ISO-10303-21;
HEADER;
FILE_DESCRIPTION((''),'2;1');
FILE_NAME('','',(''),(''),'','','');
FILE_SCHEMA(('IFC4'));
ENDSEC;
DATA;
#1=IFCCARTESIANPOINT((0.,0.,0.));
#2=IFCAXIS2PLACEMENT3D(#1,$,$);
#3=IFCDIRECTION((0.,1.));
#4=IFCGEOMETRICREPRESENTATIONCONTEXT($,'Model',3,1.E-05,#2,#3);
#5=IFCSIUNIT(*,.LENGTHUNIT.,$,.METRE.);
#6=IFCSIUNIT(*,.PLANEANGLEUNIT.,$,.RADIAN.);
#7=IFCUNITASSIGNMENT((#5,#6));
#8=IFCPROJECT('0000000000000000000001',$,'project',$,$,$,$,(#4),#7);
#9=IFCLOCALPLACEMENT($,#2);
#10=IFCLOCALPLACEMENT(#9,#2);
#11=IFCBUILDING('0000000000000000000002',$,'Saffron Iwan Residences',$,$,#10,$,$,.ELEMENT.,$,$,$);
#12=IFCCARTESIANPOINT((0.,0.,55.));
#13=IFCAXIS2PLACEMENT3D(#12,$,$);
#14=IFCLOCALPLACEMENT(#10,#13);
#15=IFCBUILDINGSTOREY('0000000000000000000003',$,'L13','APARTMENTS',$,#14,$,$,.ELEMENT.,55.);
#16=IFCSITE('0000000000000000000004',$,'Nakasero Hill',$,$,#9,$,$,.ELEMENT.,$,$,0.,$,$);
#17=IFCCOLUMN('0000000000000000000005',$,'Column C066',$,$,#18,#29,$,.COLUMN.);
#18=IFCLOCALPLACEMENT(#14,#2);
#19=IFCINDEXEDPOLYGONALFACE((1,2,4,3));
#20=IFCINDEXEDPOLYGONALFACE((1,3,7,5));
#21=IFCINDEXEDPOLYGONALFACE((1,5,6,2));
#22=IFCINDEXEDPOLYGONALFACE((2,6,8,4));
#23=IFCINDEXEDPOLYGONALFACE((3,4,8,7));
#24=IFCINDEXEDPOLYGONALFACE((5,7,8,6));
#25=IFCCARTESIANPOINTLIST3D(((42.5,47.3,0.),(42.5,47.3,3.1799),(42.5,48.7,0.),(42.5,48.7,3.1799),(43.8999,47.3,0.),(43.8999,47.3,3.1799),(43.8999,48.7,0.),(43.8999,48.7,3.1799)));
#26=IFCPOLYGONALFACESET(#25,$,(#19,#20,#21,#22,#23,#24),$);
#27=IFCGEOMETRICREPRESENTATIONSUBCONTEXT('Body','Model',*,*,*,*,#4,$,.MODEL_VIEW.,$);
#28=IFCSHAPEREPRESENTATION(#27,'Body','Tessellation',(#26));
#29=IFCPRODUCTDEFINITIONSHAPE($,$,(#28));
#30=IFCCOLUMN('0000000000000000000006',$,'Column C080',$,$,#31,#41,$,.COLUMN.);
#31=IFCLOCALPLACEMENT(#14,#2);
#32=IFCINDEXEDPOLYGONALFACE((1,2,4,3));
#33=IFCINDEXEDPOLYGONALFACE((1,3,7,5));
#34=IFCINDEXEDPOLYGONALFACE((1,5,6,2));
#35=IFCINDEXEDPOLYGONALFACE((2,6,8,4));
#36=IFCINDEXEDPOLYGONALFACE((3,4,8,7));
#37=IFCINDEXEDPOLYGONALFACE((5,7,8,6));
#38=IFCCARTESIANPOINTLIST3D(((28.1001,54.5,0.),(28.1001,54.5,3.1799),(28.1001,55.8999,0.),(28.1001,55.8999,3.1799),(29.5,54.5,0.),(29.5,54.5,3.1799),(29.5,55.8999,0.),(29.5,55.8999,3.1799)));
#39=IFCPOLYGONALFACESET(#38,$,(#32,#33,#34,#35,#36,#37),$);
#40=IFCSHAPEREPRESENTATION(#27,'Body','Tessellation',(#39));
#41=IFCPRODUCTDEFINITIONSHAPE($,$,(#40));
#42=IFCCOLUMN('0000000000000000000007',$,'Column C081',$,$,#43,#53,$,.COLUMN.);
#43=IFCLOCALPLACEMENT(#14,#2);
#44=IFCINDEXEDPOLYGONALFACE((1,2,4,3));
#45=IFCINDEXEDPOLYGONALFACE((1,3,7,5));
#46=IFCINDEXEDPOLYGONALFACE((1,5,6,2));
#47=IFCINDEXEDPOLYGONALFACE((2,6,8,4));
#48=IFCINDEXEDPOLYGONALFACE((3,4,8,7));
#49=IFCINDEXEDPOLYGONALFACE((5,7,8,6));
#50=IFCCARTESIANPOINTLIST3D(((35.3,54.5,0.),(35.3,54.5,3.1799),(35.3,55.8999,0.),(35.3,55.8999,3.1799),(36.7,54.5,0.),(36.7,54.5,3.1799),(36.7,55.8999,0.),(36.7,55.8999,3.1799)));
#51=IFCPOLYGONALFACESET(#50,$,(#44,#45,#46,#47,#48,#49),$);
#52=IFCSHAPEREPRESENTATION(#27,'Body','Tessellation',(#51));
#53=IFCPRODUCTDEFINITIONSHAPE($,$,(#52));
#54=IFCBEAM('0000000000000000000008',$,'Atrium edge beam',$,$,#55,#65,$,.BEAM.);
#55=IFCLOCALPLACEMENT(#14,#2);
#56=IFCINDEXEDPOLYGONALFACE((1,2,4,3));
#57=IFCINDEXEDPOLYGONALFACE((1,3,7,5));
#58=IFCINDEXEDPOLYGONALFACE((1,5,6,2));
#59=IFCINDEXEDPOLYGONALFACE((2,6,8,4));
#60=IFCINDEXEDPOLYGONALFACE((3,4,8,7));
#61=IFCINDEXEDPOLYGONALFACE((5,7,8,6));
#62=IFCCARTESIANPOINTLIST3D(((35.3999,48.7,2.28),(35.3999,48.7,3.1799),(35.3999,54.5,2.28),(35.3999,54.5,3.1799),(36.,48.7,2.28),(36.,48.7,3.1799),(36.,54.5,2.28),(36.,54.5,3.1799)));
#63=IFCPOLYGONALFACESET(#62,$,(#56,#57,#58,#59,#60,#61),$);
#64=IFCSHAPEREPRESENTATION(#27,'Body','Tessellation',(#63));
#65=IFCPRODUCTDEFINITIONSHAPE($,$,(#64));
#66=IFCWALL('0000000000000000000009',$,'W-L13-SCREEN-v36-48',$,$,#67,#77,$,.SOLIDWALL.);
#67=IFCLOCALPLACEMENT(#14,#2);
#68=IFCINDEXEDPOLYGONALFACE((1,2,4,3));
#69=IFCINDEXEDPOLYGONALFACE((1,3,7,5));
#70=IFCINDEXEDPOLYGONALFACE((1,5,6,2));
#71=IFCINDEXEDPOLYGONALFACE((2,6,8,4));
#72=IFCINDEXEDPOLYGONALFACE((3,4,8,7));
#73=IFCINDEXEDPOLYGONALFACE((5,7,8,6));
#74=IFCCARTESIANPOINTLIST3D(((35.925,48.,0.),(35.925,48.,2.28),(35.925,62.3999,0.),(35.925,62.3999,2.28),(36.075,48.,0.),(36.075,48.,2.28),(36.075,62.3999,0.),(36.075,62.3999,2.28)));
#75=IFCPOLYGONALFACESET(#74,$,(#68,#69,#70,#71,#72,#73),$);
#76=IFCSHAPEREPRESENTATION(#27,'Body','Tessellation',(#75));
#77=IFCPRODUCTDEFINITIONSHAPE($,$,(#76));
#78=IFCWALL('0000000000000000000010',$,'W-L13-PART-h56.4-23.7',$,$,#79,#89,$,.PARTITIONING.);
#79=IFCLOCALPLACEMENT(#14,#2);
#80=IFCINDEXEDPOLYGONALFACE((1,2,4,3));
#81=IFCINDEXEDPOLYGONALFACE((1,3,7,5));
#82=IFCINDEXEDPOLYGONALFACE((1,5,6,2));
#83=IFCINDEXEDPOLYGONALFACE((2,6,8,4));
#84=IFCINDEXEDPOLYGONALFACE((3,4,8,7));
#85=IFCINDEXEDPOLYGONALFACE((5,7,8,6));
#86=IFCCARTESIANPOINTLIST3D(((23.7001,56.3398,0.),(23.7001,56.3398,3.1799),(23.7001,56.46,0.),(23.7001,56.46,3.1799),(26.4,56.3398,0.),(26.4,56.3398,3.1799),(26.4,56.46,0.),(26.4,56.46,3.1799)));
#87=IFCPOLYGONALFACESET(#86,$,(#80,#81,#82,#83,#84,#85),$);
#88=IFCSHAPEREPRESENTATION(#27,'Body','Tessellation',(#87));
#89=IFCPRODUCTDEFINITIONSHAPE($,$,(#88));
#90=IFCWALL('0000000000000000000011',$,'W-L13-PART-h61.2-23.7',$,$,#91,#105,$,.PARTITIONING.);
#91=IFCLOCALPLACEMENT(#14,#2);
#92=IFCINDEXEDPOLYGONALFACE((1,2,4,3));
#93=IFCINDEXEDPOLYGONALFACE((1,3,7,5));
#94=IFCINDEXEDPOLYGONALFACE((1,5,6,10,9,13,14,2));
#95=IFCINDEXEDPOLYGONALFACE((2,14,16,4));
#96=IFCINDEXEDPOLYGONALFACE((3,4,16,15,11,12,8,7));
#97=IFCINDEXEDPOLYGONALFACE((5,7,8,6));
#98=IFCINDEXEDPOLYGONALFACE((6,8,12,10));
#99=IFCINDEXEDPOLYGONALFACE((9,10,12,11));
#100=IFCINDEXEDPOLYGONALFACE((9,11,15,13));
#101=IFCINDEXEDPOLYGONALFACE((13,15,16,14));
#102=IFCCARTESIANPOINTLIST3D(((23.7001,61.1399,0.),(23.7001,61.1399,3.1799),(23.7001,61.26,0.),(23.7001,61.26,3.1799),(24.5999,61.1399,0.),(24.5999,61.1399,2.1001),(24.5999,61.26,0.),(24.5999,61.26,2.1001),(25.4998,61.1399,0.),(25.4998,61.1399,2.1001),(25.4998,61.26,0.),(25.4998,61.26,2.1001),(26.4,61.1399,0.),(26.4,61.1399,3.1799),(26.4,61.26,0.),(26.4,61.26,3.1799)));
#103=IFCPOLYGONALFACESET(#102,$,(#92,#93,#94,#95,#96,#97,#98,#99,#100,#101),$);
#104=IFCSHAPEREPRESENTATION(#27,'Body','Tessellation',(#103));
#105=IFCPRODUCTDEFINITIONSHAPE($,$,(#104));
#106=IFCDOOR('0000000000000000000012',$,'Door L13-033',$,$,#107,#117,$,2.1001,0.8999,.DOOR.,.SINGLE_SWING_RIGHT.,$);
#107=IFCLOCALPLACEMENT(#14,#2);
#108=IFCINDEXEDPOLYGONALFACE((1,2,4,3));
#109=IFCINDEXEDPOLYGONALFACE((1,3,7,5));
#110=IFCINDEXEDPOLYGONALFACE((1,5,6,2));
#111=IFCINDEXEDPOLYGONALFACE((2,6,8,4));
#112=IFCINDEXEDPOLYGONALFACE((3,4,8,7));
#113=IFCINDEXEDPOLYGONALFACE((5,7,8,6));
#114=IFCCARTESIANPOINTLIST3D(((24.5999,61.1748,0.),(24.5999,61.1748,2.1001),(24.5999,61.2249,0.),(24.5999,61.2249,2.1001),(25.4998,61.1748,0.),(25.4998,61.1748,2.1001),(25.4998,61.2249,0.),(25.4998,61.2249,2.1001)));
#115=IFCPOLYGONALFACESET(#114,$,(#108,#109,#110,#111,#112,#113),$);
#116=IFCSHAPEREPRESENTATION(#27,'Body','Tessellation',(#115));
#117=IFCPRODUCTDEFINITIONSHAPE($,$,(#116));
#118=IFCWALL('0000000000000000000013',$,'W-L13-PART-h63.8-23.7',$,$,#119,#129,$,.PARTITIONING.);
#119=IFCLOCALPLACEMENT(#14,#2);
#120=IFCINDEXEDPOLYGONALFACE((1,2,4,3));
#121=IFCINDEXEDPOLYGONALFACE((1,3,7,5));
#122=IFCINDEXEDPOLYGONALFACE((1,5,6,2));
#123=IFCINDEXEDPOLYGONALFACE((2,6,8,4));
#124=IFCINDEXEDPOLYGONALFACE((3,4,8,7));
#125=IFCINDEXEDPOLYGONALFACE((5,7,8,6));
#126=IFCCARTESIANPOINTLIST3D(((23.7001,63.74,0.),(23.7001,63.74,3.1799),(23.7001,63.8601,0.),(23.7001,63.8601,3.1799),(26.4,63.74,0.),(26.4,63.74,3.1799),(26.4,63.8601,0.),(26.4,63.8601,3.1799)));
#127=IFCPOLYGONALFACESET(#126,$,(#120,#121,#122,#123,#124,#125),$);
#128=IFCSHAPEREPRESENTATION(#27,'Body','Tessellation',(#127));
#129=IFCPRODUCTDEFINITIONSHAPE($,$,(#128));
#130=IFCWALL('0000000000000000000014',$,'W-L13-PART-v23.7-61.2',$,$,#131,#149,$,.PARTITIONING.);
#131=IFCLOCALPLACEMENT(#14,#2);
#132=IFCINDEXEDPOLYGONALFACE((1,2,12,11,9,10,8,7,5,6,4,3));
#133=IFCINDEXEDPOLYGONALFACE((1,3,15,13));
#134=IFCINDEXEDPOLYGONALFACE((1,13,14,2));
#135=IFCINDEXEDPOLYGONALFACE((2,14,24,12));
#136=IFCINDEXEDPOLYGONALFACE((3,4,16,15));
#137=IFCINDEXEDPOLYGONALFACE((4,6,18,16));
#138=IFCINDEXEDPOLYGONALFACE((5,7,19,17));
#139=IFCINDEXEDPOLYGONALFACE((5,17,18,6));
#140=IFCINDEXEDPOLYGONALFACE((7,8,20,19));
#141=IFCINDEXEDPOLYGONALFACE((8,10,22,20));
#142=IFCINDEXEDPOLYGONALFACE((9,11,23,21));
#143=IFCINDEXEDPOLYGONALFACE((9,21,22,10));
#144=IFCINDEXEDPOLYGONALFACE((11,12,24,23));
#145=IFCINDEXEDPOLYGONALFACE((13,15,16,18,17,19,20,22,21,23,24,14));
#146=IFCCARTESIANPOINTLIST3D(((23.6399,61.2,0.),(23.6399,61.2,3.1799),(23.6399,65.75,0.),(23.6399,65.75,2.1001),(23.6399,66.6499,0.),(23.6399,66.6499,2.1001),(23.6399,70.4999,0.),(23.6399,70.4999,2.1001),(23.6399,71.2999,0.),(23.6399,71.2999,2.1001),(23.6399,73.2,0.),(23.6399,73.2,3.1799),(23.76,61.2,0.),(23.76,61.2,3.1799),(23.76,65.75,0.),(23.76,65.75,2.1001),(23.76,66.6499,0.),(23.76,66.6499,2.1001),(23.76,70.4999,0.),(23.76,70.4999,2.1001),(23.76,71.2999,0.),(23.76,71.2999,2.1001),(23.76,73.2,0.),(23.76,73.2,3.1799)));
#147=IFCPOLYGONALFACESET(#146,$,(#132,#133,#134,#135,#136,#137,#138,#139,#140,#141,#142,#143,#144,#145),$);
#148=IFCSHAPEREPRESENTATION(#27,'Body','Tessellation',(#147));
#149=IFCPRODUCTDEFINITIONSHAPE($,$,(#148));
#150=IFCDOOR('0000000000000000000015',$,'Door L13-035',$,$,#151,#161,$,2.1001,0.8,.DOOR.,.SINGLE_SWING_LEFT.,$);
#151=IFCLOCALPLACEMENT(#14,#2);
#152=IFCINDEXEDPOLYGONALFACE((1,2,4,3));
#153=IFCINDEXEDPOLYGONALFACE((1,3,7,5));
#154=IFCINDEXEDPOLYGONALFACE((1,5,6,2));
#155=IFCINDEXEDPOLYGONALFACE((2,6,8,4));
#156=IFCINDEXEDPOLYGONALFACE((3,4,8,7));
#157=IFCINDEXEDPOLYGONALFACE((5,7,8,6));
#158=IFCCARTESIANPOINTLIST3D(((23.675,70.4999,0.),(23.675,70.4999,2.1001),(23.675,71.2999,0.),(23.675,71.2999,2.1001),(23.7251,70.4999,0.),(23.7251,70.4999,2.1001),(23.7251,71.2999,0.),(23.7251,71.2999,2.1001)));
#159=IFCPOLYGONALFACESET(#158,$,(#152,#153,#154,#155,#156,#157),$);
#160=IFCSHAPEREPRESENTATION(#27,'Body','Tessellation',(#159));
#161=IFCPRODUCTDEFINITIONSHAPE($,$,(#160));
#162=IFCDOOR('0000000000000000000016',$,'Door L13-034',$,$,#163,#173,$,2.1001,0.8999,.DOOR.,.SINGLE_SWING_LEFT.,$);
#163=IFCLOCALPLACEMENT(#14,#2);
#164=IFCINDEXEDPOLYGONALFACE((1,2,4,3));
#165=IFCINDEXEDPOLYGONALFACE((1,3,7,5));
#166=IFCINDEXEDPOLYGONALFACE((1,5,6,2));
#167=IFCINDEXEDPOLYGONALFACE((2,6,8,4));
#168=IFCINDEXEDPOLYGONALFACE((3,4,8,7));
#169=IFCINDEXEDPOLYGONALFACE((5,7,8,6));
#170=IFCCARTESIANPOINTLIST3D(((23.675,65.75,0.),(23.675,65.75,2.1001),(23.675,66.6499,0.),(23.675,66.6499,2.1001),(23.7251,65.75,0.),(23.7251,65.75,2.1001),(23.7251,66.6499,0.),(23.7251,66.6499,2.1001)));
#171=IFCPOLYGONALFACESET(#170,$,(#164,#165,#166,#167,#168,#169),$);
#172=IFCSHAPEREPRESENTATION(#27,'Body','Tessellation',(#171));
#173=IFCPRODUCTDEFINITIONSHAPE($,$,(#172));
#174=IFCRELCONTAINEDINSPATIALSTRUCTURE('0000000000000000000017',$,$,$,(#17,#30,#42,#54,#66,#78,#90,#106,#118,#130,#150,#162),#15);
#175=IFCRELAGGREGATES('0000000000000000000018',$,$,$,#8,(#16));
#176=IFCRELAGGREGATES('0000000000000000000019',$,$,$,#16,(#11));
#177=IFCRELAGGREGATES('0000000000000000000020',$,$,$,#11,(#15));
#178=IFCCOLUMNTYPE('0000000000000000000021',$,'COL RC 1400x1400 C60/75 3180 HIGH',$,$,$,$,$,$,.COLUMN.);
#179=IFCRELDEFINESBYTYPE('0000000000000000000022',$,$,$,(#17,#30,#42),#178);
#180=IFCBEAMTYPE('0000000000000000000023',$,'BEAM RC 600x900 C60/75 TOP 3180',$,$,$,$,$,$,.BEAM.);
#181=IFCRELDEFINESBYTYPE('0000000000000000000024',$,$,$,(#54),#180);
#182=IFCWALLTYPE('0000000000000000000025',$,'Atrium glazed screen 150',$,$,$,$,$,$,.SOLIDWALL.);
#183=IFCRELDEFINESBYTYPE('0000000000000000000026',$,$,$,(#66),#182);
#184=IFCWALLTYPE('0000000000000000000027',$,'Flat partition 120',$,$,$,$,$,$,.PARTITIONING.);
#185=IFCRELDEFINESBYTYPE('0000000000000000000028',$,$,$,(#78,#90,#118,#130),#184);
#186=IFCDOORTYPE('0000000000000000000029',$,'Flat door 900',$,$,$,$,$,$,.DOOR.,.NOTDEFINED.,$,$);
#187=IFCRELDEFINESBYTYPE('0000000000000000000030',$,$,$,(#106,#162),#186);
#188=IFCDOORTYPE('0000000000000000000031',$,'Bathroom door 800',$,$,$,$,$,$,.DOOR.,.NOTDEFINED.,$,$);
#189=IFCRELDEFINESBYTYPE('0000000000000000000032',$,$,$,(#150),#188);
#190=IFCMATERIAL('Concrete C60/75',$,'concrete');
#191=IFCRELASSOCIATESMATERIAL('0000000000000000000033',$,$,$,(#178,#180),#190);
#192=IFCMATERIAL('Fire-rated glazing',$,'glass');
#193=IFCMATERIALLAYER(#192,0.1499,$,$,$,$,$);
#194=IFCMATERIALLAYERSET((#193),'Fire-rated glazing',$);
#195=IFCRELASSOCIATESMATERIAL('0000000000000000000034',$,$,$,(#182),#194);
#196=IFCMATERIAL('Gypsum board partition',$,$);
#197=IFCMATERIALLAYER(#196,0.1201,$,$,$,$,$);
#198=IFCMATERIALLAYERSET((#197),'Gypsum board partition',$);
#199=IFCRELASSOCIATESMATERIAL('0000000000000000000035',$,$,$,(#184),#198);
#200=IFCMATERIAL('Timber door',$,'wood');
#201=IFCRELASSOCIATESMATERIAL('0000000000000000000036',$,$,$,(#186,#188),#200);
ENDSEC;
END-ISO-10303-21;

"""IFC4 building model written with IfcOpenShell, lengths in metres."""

from ifc_helpers import new_model, si_unit, direction, frame, frame_2d, origin, origin_2d, place, context, subcontext, project, spatial, rectangle, extrude, source, transform, mapped, material, layer, layer_set, material_profile, profile_set, type_object, element, fill, save


model = new_model("IFC4")

# Units and contexts
model_context = context("Model", 3, precision=1e-05, world=origin(), true_north=direction((0.0, 1.0)))
body_context = subcontext(model_context, "Body", "Model", "MODEL_VIEW")
ifc_project = project(units=[si_unit("LENGTHUNIT", "METRE"), si_unit("PLANEANGLEUNIT", "RADIAN")], contexts=[model_context])

# Site, building, storey
site_placement = place(None, origin())
site = spatial("IfcSite", under=ifc_project, at=site_placement, Name="Nakasero Hill", CompositionType="ELEMENT", RefElevation=0.0)
building_placement = place(site_placement, origin())
building = spatial("IfcBuilding", under=site, at=building_placement, Name="Saffron Iwan Residences", CompositionType="ELEMENT")
storey_placement = place(building_placement, frame((0.0, 0.0, 55.0)))
storey = spatial("IfcBuildingStorey", under=building, at=storey_placement, Name="L13", Description="APARTMENTS", CompositionType="ELEMENT", Elevation=55.0)

# Columns
ifc_material_1 = material(Name="Concrete C60/75", Category="concrete")
ifc_material_profile_1 = material_profile(ifc_material_1, rectangle(XDim=1.3999, YDim=1.3999, at=origin_2d()), Name="RC 1400x1400")
ifc_profile_set_1 = profile_set([ifc_material_profile_1], Name="Concrete C60/75")
column_type = type_object("IfcColumnType", Name="COL RC 1400x1400 C60/75 3180 HIGH", PredefinedType="COLUMN", material=ifc_profile_set_1)
shared_shape_1 = source(origin(), body_context, "Body", "SweptSolid", [
    extrude(rectangle(XDim=1.3999, YDim=1.3999, at=origin_2d()), origin(), (0.0, 0.0, 1.0), 3.1799),
])
for number, where, z_axis, x_axis, name in (
    (1, (43.2, 48.0, 0.0), (0.0, 0.0, 1.0), (1.0, 0.0, 0.0), "Column C066"),
    (2, (28.8, 55.2, 0.0), (0.0, 0.0, 1.0), (1.0, 0.0, 0.0), "Column C080"),
    (3, (36.0, 55.2, 0.0), (0.0, 0.0, 1.0), (1.0, 0.0, 0.0), "Column C081"),
):
    element("IfcColumn", number, at=place(storey_placement, frame(where, z_axis=z_axis, x_axis=x_axis)), inside=storey, type_object=column_type, Name=name, PredefinedType="COLUMN", context=body_context, shape_type="MappedRepresentation", body=[
        mapped(shared_shape_1, transform((0.0, 0.0, 0.0))),
    ])

# Beam
ifc_material_profile_2 = material_profile(ifc_material_1, rectangle(XDim=0.6001, YDim=0.8999, at=origin_2d()), Name="RC 600x900")
ifc_profile_set_2 = profile_set([ifc_material_profile_2], Name="Concrete C60/75")
beam_type = type_object("IfcBeamType", Name="BEAM RC 600x900 C60/75 TOP 3180", PredefinedType="BEAM", material=ifc_profile_set_2)
shared_shape_2 = source(origin(), body_context, "Body", "SweptSolid", [
    extrude(rectangle(XDim=0.6001, YDim=0.8999, at=origin_2d()), origin(), (0.0, 0.0, 1.0), 5.8),
])
beam_placement = place(storey_placement, frame((35.7, 48.7, 2.73), z_axis=(0.0, 1.0, 0.0), x_axis=(-1.0, 0.0, 0.0)))
element("IfcBeam", 4, at=beam_placement, inside=storey, type_object=beam_type, Name="Atrium edge beam", PredefinedType="BEAM", context=body_context, shape_type="MappedRepresentation", body=[
    mapped(shared_shape_2, transform((0.0, 0.0, 0.0))),
])

# Walls
ifc_material_2 = material(Name="Fire-rated glazing", Category="glass")
ifc_layer_1 = layer(ifc_material_2, 0.1499)
ifc_layer_set_1 = layer_set([ifc_layer_1], Name="Fire-rated glazing")
wall_type_1 = type_object("IfcWallType", Name="Atrium glazed screen 150", PredefinedType="SOLIDWALL", material=ifc_layer_set_1)
wall_1_placement = place(storey_placement, frame((36.0, 48.0, 0.0), z_axis=(0.0, 0.0, 1.0), x_axis=(0.0, 1.0, 0.0)))
element("IfcWall", 5, at=wall_1_placement, inside=storey, type_object=wall_type_1, Name="W-L13-SCREEN-v36-48", PredefinedType="SOLIDWALL", context=body_context, shape_type="SweptSolid", body=[
    extrude(rectangle(XDim=14.3999, YDim=0.1499, at=frame_2d((7.2, 0.0))), origin(), (0.0, 0.0, 1.0), 2.28),
])
ifc_material_3 = material(Name="Gypsum board partition")
ifc_layer_2 = layer(ifc_material_3, 0.1201)
ifc_layer_set_2 = layer_set([ifc_layer_2], Name="Gypsum board partition")
wall_type_2 = type_object("IfcWallType", Name="Flat partition 120", PredefinedType="PARTITIONING", material=ifc_layer_set_2)
wall_2_placement = place(storey_placement, frame((23.7, 56.3999, 0.0), z_axis=(0.0, 0.0, 1.0), x_axis=(1.0, 0.0, 0.0)))
element("IfcWall", 6, at=wall_2_placement, inside=storey, type_object=wall_type_2, Name="W-L13-PART-h56.4-23.7", PredefinedType="PARTITIONING", context=body_context, shape_type="SweptSolid", body=[
    extrude(rectangle(XDim=2.7, YDim=0.1201, at=frame_2d((1.3501, 0.0))), origin(), (0.0, 0.0, 1.0), 3.1799),
])

# Wall, opening, door
wall_3_placement = place(storey_placement, frame((23.7, 61.2, 0.0), z_axis=(0.0, 0.0, 1.0), x_axis=(1.0, 0.0, 0.0)))
wall_3 = element("IfcWall", 7, at=wall_3_placement, inside=storey, type_object=wall_type_2, Name="W-L13-PART-h61.2-23.7", PredefinedType="PARTITIONING", context=body_context, shape_type="SweptSolid", body=[
    extrude(rectangle(XDim=2.7, YDim=0.1201, at=frame_2d((1.3501, 0.0))), origin(), (0.0, 0.0, 1.0), 3.1799),
])
opening_1_placement = place(wall_3_placement, frame((0.8999, 0.0, 0.0)))
opening_1 = element("IfcOpeningElement", 8, at=opening_1_placement, cuts=wall_3, PredefinedType="OPENING", context=body_context, shape_type="SweptSolid", body=[
    extrude(rectangle(XDim=0.8999, YDim=2.1001, at=frame_2d((0.45, 1.05))), frame((0.0, 0.0701, 0.0), z_axis=(0.0, -1.0, 0.0), x_axis=(1.0, 0.0, 0.0)), (0.0, 0.0, 1.0), 0.1401),
])
ifc_material_4 = material(Name="Timber door", Category="wood")
door_type_1 = type_object("IfcDoorType", Name="Flat door 900", OperationType="NOTDEFINED", PredefinedType="DOOR", material=ifc_material_4)
door_1_placement = place(opening_1_placement, origin())
door_1 = element("IfcDoor", 9, at=door_1_placement, inside=storey, type_object=door_type_1, Name="Door L13-033", OperationType="SINGLE_SWING_RIGHT", OverallHeight=2.1001, OverallWidth=0.8999, PredefinedType="DOOR", context=body_context, shape_type="SweptSolid", body=[
    extrude(rectangle(XDim=0.8999, YDim=2.1001, at=frame_2d((0.45, 1.05))), frame((0.0, 0.0249, 0.0), z_axis=(0.0, -1.0, 0.0), x_axis=(1.0, 0.0, 0.0)), (0.0, 0.0, 1.0), 0.05),
])
fill(opening_1, door_1)

# Wall
wall_4_placement = place(storey_placement, frame((23.7, 63.8, 0.0), z_axis=(0.0, 0.0, 1.0), x_axis=(1.0, 0.0, 0.0)))
element("IfcWall", 10, at=wall_4_placement, inside=storey, type_object=wall_type_2, Name="W-L13-PART-h63.8-23.7", PredefinedType="PARTITIONING", context=body_context, shape_type="SweptSolid", body=[
    extrude(rectangle(XDim=2.7, YDim=0.1201, at=frame_2d((1.3501, 0.0))), origin(), (0.0, 0.0, 1.0), 3.1799),
])

# Wall, openings, doors
wall_5_placement = place(storey_placement, frame((23.7, 61.2, 0.0), z_axis=(0.0, 0.0, 1.0), x_axis=(0.0, 1.0, 0.0)))
wall_5 = element("IfcWall", 11, at=wall_5_placement, inside=storey, type_object=wall_type_2, Name="W-L13-PART-v23.7-61.2", PredefinedType="PARTITIONING", context=body_context, shape_type="SweptSolid", body=[
    extrude(rectangle(XDim=12.0, YDim=0.1201, at=frame_2d((6.0, 0.0))), origin(), (0.0, 0.0, 1.0), 3.1799),
])
opening_2_placement = place(wall_5_placement, frame((4.55, 0.0, 0.0)))
opening_2 = element("IfcOpeningElement", 12, at=opening_2_placement, cuts=wall_5, PredefinedType="OPENING", context=body_context, shape_type="SweptSolid", body=[
    extrude(rectangle(XDim=0.8999, YDim=2.1001, at=frame_2d((0.45, 1.05))), frame((0.0, 0.0701, 0.0), z_axis=(0.0, -1.0, 0.0), x_axis=(1.0, 0.0, 0.0)), (0.0, 0.0, 1.0), 0.1401),
])
opening_3_placement = place(wall_5_placement, frame((9.3, 0.0, 0.0)))
opening_3 = element("IfcOpeningElement", 13, at=opening_3_placement, cuts=wall_5, PredefinedType="OPENING", context=body_context, shape_type="SweptSolid", body=[
    extrude(rectangle(XDim=0.8, YDim=2.1001, at=frame_2d((0.3999, 1.05))), frame((0.0, 0.0701, 0.0), z_axis=(0.0, -1.0, 0.0), x_axis=(1.0, 0.0, 0.0)), (0.0, 0.0, 1.0), 0.1401),
])
door_type_2 = type_object("IfcDoorType", Name="Bathroom door 800", OperationType="NOTDEFINED", PredefinedType="DOOR", material=ifc_material_4)
door_2_placement = place(opening_3_placement, origin())
door_2 = element("IfcDoor", 14, at=door_2_placement, inside=storey, type_object=door_type_2, Name="Door L13-035", OperationType="SINGLE_SWING_LEFT", OverallHeight=2.1001, OverallWidth=0.8, PredefinedType="DOOR", context=body_context, shape_type="SweptSolid", body=[
    extrude(rectangle(XDim=0.8, YDim=2.1001, at=frame_2d((0.3999, 1.05))), frame((0.0, 0.0249, 0.0), z_axis=(0.0, -1.0, 0.0), x_axis=(1.0, 0.0, 0.0)), (0.0, 0.0, 1.0), 0.05),
])
fill(opening_3, door_2)
door_3_placement = place(opening_2_placement, origin())
door_3 = element("IfcDoor", 15, at=door_3_placement, inside=storey, type_object=door_type_1, Name="Door L13-034", OperationType="SINGLE_SWING_LEFT", OverallHeight=2.1001, OverallWidth=0.8999, PredefinedType="DOOR", context=body_context, shape_type="SweptSolid", body=[
    extrude(rectangle(XDim=0.8999, YDim=2.1001, at=frame_2d((0.45, 1.05))), frame((0.0, 0.0249, 0.0), z_axis=(0.0, -1.0, 0.0), x_axis=(1.0, 0.0, 0.0)), (0.0, 0.0, 1.0), 0.05),
])
fill(opening_2, door_3)

save(model, "model.ifc")
